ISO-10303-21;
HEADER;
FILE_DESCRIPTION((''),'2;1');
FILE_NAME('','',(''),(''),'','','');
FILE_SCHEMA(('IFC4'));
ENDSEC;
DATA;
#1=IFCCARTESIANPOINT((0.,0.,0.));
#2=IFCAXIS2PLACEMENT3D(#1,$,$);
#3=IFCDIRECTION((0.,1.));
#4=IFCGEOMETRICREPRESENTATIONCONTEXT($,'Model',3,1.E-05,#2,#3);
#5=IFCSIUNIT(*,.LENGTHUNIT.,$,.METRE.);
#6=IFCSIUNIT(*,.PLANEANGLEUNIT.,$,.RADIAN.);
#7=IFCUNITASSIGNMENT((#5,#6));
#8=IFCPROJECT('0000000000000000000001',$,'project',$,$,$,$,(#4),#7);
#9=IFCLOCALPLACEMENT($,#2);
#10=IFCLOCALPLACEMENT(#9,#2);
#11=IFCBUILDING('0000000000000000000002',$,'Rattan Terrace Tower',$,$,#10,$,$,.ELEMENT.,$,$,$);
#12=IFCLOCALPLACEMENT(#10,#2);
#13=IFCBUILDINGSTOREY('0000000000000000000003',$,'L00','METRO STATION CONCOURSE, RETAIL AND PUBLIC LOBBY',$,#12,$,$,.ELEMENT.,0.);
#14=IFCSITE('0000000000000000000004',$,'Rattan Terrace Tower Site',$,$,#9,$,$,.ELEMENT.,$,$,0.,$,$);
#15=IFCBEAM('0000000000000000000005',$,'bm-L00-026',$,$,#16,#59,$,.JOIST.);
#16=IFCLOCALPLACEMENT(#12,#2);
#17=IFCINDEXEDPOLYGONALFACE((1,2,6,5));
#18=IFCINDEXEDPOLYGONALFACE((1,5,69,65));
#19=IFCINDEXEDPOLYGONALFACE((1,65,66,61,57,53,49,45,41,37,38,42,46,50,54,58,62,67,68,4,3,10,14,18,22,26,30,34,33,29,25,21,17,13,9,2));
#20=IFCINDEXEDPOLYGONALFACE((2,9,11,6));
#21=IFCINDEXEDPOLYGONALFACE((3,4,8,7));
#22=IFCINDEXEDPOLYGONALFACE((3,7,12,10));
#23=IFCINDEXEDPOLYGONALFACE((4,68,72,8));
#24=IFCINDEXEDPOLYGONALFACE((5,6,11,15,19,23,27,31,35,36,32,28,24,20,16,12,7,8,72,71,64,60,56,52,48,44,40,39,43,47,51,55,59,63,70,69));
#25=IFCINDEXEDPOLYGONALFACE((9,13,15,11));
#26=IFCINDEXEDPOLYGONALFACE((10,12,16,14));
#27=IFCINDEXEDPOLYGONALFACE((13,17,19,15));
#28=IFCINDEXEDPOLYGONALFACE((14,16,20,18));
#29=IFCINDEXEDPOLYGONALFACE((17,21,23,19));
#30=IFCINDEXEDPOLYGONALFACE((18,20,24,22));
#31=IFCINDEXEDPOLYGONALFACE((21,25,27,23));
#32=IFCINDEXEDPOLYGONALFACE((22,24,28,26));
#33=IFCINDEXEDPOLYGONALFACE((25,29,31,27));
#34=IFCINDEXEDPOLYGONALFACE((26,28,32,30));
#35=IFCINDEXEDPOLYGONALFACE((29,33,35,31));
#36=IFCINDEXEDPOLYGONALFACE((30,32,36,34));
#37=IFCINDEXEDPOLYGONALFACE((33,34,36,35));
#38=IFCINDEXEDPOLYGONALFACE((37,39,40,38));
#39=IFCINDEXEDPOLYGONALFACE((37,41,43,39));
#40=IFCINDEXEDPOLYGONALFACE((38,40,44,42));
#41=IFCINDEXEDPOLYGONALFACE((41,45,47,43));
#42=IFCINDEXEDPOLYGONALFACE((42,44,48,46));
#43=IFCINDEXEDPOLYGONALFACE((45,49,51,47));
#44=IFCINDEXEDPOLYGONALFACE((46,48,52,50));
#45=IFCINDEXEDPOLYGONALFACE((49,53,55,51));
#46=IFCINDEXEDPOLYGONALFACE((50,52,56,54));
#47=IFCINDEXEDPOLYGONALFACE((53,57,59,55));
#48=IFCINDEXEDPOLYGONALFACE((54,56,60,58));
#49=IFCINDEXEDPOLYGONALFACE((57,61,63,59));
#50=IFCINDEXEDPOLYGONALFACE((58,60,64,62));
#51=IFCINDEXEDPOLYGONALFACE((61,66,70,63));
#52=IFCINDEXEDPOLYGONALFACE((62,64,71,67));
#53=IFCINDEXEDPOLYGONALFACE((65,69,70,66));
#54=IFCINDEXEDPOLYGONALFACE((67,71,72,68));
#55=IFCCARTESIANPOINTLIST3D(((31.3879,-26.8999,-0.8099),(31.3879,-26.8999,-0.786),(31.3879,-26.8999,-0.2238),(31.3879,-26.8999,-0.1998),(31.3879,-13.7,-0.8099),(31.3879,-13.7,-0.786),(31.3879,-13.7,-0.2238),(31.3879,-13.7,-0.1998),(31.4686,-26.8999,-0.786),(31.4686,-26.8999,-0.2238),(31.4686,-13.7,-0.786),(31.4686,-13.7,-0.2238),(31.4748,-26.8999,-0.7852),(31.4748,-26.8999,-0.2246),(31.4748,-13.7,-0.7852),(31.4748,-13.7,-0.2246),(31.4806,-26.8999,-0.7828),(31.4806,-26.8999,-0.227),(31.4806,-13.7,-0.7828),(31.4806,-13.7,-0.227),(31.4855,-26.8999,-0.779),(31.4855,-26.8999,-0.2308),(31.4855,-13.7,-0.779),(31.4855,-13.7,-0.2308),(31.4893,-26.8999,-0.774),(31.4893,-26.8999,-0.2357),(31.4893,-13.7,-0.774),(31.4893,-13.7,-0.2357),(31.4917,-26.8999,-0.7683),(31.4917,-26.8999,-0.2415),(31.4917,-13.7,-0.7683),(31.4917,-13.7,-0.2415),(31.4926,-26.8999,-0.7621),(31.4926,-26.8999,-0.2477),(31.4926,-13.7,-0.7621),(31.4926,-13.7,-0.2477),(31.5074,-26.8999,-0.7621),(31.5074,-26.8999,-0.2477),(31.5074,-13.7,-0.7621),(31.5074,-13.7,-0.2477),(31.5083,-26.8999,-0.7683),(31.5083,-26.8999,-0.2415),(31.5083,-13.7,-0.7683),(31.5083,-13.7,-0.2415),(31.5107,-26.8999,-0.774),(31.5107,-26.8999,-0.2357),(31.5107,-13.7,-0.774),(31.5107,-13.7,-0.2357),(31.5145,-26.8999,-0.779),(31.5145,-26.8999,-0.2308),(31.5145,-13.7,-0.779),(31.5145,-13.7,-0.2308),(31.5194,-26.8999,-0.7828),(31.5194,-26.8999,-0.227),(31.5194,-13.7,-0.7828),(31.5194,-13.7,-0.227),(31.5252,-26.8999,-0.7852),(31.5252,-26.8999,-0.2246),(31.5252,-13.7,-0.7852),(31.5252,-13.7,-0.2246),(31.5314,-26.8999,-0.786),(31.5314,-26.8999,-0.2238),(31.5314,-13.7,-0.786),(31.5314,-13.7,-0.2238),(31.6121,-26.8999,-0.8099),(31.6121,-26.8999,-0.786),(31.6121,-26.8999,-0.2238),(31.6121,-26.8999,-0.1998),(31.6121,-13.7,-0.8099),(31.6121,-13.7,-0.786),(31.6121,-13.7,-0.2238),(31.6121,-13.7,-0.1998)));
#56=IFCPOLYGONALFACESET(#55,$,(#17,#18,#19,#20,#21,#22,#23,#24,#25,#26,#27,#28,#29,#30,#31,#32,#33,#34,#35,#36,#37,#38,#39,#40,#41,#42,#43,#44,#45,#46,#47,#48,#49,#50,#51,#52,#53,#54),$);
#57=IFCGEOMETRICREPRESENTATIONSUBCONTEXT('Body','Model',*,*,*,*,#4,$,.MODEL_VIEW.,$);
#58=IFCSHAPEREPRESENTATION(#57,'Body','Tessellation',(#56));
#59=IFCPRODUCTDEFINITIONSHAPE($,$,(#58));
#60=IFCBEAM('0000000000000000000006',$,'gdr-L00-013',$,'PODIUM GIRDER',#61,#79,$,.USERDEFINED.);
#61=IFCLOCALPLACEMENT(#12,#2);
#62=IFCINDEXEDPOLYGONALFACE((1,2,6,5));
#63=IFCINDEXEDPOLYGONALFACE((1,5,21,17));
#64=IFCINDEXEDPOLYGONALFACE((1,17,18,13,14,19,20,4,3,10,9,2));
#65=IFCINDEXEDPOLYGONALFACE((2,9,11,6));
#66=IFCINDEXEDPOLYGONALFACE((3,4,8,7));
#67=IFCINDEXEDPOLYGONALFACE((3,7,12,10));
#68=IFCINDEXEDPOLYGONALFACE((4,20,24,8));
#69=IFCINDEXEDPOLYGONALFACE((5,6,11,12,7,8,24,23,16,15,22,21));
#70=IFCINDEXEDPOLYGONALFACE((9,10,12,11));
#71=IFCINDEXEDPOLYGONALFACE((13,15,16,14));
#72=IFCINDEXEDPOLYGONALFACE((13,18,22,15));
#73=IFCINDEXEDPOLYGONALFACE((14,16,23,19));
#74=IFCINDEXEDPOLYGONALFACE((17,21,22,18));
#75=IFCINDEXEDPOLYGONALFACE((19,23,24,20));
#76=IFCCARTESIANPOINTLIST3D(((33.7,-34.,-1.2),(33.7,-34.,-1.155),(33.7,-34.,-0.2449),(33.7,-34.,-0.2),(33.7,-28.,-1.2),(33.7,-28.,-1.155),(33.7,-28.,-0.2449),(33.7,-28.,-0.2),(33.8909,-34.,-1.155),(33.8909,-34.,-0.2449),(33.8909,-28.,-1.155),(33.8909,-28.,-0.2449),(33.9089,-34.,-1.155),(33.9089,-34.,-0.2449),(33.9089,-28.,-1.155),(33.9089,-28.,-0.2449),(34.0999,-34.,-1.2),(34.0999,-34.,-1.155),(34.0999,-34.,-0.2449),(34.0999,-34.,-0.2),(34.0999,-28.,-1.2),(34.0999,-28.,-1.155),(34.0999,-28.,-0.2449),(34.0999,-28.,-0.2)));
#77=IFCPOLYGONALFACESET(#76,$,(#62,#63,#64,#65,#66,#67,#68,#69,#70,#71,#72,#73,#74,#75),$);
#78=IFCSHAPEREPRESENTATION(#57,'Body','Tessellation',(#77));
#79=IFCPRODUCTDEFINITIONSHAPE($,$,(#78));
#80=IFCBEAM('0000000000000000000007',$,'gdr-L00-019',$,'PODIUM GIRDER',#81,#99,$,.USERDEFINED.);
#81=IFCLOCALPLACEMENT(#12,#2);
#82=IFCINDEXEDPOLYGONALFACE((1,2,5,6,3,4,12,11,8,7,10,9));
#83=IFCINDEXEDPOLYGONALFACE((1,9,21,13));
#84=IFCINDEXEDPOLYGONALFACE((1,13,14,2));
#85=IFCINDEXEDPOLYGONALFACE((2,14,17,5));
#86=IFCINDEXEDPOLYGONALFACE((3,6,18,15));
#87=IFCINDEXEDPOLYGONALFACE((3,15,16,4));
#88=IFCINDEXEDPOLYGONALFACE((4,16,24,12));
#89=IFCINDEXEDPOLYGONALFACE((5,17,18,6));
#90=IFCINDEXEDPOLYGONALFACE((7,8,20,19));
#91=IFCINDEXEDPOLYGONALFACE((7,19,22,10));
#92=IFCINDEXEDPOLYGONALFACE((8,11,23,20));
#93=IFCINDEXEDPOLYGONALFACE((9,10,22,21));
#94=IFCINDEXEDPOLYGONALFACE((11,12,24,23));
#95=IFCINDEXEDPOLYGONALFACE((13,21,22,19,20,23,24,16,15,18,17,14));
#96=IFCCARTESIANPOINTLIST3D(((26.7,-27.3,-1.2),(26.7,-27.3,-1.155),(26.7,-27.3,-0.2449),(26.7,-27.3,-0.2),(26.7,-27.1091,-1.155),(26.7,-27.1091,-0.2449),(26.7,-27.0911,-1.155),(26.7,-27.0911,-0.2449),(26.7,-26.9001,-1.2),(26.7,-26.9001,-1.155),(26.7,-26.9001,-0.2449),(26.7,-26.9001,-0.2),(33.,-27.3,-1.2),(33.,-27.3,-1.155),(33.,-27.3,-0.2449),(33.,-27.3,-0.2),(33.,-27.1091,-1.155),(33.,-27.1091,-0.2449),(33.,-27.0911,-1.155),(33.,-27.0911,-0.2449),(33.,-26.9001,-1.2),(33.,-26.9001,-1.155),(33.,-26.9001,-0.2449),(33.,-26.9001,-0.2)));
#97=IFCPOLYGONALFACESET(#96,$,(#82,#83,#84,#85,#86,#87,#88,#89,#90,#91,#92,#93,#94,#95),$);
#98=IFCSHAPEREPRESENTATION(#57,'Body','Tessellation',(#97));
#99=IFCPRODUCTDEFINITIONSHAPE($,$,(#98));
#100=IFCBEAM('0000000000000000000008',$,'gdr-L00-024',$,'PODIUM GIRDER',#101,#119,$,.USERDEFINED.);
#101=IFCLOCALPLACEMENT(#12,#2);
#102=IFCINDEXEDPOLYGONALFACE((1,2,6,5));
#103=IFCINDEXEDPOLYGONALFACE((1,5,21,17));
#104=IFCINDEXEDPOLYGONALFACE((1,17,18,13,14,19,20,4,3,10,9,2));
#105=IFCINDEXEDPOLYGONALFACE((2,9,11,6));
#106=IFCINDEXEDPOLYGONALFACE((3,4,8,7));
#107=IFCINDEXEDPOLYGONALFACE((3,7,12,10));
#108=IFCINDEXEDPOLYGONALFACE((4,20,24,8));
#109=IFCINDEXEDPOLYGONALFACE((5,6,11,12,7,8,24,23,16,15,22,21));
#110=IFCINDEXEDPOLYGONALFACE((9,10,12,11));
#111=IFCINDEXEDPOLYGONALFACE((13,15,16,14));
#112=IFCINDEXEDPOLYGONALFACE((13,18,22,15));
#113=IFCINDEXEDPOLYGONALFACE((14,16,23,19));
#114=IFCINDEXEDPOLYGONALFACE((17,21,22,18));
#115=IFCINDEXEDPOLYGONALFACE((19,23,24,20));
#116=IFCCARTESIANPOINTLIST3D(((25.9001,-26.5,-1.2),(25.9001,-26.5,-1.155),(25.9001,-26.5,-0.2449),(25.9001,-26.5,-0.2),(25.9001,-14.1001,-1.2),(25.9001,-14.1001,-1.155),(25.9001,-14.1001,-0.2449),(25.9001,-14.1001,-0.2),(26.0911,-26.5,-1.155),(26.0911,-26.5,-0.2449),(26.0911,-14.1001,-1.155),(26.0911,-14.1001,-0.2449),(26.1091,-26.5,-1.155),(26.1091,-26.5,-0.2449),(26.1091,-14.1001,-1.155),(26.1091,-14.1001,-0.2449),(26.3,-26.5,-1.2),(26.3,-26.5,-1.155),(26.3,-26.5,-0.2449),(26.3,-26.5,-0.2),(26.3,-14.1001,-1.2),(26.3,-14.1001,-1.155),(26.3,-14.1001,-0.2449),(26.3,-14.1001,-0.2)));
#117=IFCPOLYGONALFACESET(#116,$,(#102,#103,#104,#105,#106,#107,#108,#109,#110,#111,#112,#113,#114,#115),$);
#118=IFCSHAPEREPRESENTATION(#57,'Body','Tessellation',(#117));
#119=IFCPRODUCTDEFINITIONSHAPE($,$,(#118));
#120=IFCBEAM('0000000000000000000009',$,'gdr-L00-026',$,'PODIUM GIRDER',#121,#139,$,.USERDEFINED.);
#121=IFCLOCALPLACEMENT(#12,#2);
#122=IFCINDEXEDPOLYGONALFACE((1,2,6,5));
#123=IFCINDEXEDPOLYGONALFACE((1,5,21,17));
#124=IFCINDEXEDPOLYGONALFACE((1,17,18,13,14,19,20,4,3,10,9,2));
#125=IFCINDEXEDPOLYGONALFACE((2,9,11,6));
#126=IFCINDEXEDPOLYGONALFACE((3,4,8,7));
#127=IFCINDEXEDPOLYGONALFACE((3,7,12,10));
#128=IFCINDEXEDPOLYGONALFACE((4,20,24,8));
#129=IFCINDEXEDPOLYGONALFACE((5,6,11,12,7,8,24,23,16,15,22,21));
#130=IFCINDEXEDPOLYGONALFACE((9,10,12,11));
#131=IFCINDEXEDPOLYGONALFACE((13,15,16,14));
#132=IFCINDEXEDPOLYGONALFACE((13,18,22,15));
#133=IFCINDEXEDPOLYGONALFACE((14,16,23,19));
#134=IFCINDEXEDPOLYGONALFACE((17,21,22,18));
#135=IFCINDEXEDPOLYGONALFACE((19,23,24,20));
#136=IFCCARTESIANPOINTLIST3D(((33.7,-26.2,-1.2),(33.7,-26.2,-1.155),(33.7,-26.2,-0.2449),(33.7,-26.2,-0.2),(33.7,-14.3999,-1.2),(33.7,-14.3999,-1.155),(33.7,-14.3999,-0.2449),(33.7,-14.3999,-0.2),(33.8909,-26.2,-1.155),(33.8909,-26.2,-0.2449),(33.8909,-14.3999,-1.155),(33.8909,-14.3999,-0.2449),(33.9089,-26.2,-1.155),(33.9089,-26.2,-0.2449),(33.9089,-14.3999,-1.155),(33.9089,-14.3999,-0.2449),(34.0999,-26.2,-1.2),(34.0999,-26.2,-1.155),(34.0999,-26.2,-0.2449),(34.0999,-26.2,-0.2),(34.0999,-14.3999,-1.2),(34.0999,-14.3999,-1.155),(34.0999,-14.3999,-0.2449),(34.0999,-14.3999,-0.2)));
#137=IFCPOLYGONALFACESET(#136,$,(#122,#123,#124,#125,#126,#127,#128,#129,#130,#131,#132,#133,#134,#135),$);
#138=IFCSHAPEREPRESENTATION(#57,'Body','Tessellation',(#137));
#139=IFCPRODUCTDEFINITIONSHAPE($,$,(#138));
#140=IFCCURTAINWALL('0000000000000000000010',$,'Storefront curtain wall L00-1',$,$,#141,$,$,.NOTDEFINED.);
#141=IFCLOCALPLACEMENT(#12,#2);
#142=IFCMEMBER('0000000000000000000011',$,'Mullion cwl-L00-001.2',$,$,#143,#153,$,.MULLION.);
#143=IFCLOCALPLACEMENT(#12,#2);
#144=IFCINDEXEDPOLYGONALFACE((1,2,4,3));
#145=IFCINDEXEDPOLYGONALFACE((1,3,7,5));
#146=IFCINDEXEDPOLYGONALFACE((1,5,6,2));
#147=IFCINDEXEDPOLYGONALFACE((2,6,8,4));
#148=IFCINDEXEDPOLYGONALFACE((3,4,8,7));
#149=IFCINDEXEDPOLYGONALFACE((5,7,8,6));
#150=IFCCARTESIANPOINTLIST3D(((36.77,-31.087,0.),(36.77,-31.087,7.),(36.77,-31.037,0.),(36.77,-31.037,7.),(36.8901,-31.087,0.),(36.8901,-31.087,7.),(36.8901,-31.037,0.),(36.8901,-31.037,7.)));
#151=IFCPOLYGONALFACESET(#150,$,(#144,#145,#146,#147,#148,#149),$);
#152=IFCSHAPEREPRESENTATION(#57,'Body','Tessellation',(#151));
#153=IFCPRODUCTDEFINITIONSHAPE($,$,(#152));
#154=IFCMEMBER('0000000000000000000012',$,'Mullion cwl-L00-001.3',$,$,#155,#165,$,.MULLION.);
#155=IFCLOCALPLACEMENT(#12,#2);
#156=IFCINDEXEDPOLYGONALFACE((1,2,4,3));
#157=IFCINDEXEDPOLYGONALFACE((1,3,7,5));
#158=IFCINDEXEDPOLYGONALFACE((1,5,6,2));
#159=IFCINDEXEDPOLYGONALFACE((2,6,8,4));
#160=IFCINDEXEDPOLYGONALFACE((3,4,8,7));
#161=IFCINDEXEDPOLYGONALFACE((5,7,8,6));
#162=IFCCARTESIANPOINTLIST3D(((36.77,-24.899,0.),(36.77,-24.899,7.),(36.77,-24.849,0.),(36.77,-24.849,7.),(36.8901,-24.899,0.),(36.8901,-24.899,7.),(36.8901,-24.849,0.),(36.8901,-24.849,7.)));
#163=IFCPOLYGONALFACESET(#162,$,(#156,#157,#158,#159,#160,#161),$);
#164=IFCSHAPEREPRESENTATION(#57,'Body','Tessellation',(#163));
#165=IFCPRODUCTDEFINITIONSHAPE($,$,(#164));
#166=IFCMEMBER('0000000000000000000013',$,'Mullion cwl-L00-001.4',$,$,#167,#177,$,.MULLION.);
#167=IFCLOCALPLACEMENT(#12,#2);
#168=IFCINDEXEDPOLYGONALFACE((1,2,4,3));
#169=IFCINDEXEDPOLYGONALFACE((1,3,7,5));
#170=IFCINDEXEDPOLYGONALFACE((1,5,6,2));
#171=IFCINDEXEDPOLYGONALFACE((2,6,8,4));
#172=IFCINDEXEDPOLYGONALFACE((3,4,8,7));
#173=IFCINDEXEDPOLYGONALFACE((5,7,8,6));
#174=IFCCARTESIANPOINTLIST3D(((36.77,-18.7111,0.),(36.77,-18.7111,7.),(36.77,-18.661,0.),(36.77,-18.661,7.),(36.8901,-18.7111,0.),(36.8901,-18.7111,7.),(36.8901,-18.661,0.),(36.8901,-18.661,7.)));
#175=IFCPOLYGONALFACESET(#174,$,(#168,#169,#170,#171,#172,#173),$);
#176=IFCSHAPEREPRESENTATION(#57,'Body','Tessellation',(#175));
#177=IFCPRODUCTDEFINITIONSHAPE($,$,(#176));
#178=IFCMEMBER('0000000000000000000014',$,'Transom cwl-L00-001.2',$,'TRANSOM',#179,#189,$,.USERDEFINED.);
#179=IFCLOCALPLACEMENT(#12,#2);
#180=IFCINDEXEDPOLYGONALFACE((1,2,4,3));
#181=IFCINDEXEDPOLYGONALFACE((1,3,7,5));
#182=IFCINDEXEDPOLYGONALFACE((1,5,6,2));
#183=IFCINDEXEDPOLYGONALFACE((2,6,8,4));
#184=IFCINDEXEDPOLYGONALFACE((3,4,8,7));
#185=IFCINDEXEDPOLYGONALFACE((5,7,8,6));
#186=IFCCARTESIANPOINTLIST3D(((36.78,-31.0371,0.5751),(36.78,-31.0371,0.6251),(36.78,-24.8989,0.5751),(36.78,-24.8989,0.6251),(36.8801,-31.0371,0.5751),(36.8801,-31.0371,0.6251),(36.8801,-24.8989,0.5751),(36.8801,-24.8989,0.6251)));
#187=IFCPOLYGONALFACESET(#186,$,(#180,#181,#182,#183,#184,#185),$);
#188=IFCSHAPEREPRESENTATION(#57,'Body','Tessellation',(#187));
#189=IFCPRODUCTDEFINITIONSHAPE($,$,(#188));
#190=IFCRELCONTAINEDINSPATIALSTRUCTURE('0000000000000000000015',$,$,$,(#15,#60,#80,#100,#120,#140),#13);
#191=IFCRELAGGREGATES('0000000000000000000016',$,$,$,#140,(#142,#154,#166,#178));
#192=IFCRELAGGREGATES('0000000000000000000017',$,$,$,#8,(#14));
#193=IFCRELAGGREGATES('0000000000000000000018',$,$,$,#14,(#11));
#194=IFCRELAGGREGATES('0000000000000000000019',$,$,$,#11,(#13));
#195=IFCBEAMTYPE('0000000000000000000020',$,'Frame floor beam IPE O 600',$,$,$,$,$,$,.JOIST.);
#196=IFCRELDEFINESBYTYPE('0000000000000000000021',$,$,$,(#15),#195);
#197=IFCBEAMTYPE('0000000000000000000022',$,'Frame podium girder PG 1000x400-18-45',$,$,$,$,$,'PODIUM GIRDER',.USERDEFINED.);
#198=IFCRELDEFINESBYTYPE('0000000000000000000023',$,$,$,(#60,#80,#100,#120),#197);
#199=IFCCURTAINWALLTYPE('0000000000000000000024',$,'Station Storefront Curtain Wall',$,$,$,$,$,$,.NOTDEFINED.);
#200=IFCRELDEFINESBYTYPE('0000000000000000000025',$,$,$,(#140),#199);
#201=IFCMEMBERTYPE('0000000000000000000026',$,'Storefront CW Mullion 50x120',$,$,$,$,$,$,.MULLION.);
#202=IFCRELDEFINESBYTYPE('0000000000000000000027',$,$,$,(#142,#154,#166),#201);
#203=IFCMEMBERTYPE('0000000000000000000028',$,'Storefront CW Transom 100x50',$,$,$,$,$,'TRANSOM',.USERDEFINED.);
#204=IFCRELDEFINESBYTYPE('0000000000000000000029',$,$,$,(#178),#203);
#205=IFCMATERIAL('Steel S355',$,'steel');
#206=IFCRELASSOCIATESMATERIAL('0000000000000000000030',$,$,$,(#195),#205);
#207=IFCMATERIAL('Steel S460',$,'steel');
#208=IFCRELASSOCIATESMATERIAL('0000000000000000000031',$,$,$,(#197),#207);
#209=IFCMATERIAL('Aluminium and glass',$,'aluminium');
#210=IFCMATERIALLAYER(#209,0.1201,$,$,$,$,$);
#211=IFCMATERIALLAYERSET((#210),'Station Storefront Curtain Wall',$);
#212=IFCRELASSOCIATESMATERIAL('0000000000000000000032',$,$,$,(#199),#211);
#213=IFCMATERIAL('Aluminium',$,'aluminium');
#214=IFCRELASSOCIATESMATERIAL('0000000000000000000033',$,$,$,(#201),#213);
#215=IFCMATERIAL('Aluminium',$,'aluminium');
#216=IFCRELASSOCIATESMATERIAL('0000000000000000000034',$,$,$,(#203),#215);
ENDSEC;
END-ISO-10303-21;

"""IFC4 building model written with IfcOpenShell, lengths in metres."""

from ifc_helpers import new_model, si_unit, direction, frame, origin, origin_2d, place, context, subcontext, project, spatial, rectangle, i_section, extrude, material, layer, layer_set, material_profile, profile_set, type_object, element, aggregate, save


model = new_model("IFC4")

# Units and contexts
model_context = context("Model", 3, precision=1e-05, world=origin(), true_north=direction((0.0, 1.0)))
body_context = subcontext(model_context, "Body", "Model", "MODEL_VIEW")
ifc_project = project(units=[si_unit("LENGTHUNIT", "METRE"), si_unit("PLANEANGLEUNIT", "RADIAN")], contexts=[model_context])

# Site, building, storey
site_placement = place(None, origin())
site = spatial("IfcSite", under=ifc_project, at=site_placement, Name="Rattan Terrace Tower Site", CompositionType="ELEMENT", RefElevation=0.0)
building_placement = place(site_placement, origin())
building = spatial("IfcBuilding", under=site, at=building_placement, Name="Rattan Terrace Tower", CompositionType="ELEMENT")
storey_placement = place(building_placement, origin())
storey = spatial("IfcBuildingStorey", under=building, at=storey_placement, Name="L00", Description="METRO STATION CONCOURSE, RETAIL AND PUBLIC LOBBY", CompositionType="ELEMENT", Elevation=0.0)

# Beams
ifc_material_1 = material(Name="Steel S355", Category="steel")
ifc_material_profile_1 = material_profile(ifc_material_1, i_section(OverallWidth=0.2241, OverallDepth=0.6101, WebThickness=0.0149, FlangeThickness=0.0239, FilletRadius=0.0239, at=origin_2d()), Name="IPE O 600")
ifc_profile_set_1 = profile_set([ifc_material_profile_1], Name="Steel S355")
beam_type_1 = type_object("IfcBeamType", Name="Frame floor beam IPE O 600", PredefinedType="JOIST", material=ifc_profile_set_1)
for number, where, z_axis, x_axis, name in (
    (1, (31.5, -26.8999, -0.5049), (0.0, 1.0, 0.0), (-1.0, 0.0, 0.0), "bm-L00-026"),
):
    element("IfcBeam", number, at=place(storey_placement, frame(where, z_axis=z_axis, x_axis=x_axis)), inside=storey, type_object=beam_type_1, Name=name, PredefinedType="JOIST", context=body_context, shape_type="SweptSolid", body=[
        extrude(i_section(OverallWidth=0.2241, OverallDepth=0.6101, WebThickness=0.0149, FlangeThickness=0.0239, FilletRadius=0.0239, at=origin_2d()), origin(), (0.0, 0.0, 1.0), 13.2),
    ])
ifc_material_2 = material(Name="Steel S460", Category="steel")
ifc_material_profile_2 = material_profile(ifc_material_2, i_section(OverallWidth=0.3999, OverallDepth=1.0, WebThickness=0.0181, FlangeThickness=0.0449, at=origin_2d()), Name="PG 1000x400-18-45")
ifc_profile_set_2 = profile_set([ifc_material_profile_2], Name="Steel S460")
beam_type_2 = type_object("IfcBeamType", Name="Frame podium girder PG 1000x400-18-45", ElementType="PODIUM GIRDER", PredefinedType="USERDEFINED", material=ifc_profile_set_2)
beam_1_placement = place(storey_placement, frame((33.8999, -34.0, -0.7), z_axis=(0.0, 1.0, 0.0), x_axis=(-1.0, 0.0, 0.0)))
element("IfcBeam", 2, at=beam_1_placement, inside=storey, type_object=beam_type_2, Name="gdr-L00-013", ObjectType="PODIUM GIRDER", PredefinedType="USERDEFINED", context=body_context, shape_type="SweptSolid", body=[
    extrude(i_section(OverallWidth=0.3999, OverallDepth=1.0, WebThickness=0.0181, FlangeThickness=0.0449, at=origin_2d()), origin(), (0.0, 0.0, 1.0), 6.0),
])
beam_2_placement = place(storey_placement, frame((26.7, -27.1001, -0.7), z_axis=(1.0, 0.0, 0.0), x_axis=(0.0, 1.0, 0.0)))
element("IfcBeam", 3, at=beam_2_placement, inside=storey, type_object=beam_type_2, Name="gdr-L00-019", ObjectType="PODIUM GIRDER", PredefinedType="USERDEFINED", context=body_context, shape_type="SweptSolid", body=[
    extrude(i_section(OverallWidth=0.3999, OverallDepth=1.0, WebThickness=0.0181, FlangeThickness=0.0449, at=origin_2d()), origin(), (0.0, 0.0, 1.0), 6.3),
])
beam_3_placement = place(storey_placement, frame((26.1001, -26.5, -0.7), z_axis=(0.0, 1.0, 0.0), x_axis=(-1.0, 0.0, 0.0)))
element("IfcBeam", 4, at=beam_3_placement, inside=storey, type_object=beam_type_2, Name="gdr-L00-024", ObjectType="PODIUM GIRDER", PredefinedType="USERDEFINED", context=body_context, shape_type="SweptSolid", body=[
    extrude(i_section(OverallWidth=0.3999, OverallDepth=1.0, WebThickness=0.0181, FlangeThickness=0.0449, at=origin_2d()), origin(), (0.0, 0.0, 1.0), 12.3999),
])
beam_4_placement = place(storey_placement, frame((33.8999, -26.2, -0.7), z_axis=(0.0, 1.0, 0.0), x_axis=(-1.0, 0.0, 0.0)))
element("IfcBeam", 5, at=beam_4_placement, inside=storey, type_object=beam_type_2, Name="gdr-L00-026", ObjectType="PODIUM GIRDER", PredefinedType="USERDEFINED", context=body_context, shape_type="SweptSolid", body=[
    extrude(i_section(OverallWidth=0.3999, OverallDepth=1.0, WebThickness=0.0181, FlangeThickness=0.0449, at=origin_2d()), origin(), (0.0, 0.0, 1.0), 11.8),
])

# Curtain wall, members
ifc_material_3 = material(Name="Aluminium and glass", Category="aluminium")
ifc_layer_1 = layer(ifc_material_3, 0.1201)
ifc_layer_set_1 = layer_set([ifc_layer_1], Name="Station Storefront Curtain Wall")
curtain_wall_type = type_object("IfcCurtainWallType", Name="Station Storefront Curtain Wall", PredefinedType="NOTDEFINED", material=ifc_layer_set_1)
curtain_wall_placement = place(storey_placement, origin())
curtain_wall = element("IfcCurtainWall", 6, at=curtain_wall_placement, inside=storey, type_object=curtain_wall_type, Name="Storefront curtain wall L00-1", PredefinedType="NOTDEFINED")
ifc_material_4 = material(Name="Aluminium", Category="aluminium")
ifc_material_profile_3 = material_profile(ifc_material_4, rectangle(XDim=0.05, YDim=0.1201, at=origin_2d()), Name="Aluminium 50x120")
ifc_profile_set_3 = profile_set([ifc_material_profile_3], Name="Aluminium")
member_type_1 = type_object("IfcMemberType", Name="Storefront CW Mullion 50x120", PredefinedType="MULLION", material=ifc_profile_set_3)
member_1_placement = place(storey_placement, frame((36.8301, -31.062, 0.0), z_axis=(0.0, 0.0, 1.0), x_axis=(0.0, 1.0, 0.0)))
member_1 = element("IfcMember", 7, at=member_1_placement, type_object=member_type_1, Name="Mullion cwl-L00-001.2", PredefinedType="MULLION", context=body_context, shape_type="SweptSolid", body=[
    extrude(rectangle(XDim=0.05, YDim=0.1201, at=origin_2d()), origin(), (0.0, 0.0, 1.0), 7.0),
])
member_2_placement = place(storey_placement, frame((36.8301, -24.874, 0.0), z_axis=(0.0, 0.0, 1.0), x_axis=(0.0, 1.0, 0.0)))
member_2 = element("IfcMember", 8, at=member_2_placement, type_object=member_type_1, Name="Mullion cwl-L00-001.3", PredefinedType="MULLION", context=body_context, shape_type="SweptSolid", body=[
    extrude(rectangle(XDim=0.05, YDim=0.1201, at=origin_2d()), origin(), (0.0, 0.0, 1.0), 7.0),
])
member_3_placement = place(storey_placement, frame((36.8301, -18.686, 0.0), z_axis=(0.0, 0.0, 1.0), x_axis=(0.0, 1.0, 0.0)))
member_3 = element("IfcMember", 9, at=member_3_placement, type_object=member_type_1, Name="Mullion cwl-L00-001.4", PredefinedType="MULLION", context=body_context, shape_type="SweptSolid", body=[
    extrude(rectangle(XDim=0.05, YDim=0.1201, at=origin_2d()), origin(), (0.0, 0.0, 1.0), 7.0),
])
ifc_material_5 = material(Name="Aluminium", Category="aluminium")
ifc_material_profile_4 = material_profile(ifc_material_5, rectangle(XDim=0.1001, YDim=0.05, at=origin_2d()), Name="Aluminium 100x50")
ifc_profile_set_4 = profile_set([ifc_material_profile_4], Name="Aluminium")
member_type_2 = type_object("IfcMemberType", Name="Storefront CW Transom 100x50", ElementType="TRANSOM", PredefinedType="USERDEFINED", material=ifc_profile_set_4)
member_4_placement = place(storey_placement, frame((36.8301, -31.0371, 0.6001), z_axis=(0.0, 1.0, 0.0), x_axis=(-1.0, 0.0, 0.0)))
member_4 = element("IfcMember", 10, at=member_4_placement, type_object=member_type_2, Name="Transom cwl-L00-001.2", ObjectType="TRANSOM", PredefinedType="USERDEFINED", context=body_context, shape_type="SweptSolid", body=[
    extrude(rectangle(XDim=0.1001, YDim=0.05, at=origin_2d()), origin(), (0.0, 0.0, 1.0), 6.1382),
])
aggregate(curtain_wall, [member_1, member_2, member_3, member_4])

save(model, "model.ifc")
